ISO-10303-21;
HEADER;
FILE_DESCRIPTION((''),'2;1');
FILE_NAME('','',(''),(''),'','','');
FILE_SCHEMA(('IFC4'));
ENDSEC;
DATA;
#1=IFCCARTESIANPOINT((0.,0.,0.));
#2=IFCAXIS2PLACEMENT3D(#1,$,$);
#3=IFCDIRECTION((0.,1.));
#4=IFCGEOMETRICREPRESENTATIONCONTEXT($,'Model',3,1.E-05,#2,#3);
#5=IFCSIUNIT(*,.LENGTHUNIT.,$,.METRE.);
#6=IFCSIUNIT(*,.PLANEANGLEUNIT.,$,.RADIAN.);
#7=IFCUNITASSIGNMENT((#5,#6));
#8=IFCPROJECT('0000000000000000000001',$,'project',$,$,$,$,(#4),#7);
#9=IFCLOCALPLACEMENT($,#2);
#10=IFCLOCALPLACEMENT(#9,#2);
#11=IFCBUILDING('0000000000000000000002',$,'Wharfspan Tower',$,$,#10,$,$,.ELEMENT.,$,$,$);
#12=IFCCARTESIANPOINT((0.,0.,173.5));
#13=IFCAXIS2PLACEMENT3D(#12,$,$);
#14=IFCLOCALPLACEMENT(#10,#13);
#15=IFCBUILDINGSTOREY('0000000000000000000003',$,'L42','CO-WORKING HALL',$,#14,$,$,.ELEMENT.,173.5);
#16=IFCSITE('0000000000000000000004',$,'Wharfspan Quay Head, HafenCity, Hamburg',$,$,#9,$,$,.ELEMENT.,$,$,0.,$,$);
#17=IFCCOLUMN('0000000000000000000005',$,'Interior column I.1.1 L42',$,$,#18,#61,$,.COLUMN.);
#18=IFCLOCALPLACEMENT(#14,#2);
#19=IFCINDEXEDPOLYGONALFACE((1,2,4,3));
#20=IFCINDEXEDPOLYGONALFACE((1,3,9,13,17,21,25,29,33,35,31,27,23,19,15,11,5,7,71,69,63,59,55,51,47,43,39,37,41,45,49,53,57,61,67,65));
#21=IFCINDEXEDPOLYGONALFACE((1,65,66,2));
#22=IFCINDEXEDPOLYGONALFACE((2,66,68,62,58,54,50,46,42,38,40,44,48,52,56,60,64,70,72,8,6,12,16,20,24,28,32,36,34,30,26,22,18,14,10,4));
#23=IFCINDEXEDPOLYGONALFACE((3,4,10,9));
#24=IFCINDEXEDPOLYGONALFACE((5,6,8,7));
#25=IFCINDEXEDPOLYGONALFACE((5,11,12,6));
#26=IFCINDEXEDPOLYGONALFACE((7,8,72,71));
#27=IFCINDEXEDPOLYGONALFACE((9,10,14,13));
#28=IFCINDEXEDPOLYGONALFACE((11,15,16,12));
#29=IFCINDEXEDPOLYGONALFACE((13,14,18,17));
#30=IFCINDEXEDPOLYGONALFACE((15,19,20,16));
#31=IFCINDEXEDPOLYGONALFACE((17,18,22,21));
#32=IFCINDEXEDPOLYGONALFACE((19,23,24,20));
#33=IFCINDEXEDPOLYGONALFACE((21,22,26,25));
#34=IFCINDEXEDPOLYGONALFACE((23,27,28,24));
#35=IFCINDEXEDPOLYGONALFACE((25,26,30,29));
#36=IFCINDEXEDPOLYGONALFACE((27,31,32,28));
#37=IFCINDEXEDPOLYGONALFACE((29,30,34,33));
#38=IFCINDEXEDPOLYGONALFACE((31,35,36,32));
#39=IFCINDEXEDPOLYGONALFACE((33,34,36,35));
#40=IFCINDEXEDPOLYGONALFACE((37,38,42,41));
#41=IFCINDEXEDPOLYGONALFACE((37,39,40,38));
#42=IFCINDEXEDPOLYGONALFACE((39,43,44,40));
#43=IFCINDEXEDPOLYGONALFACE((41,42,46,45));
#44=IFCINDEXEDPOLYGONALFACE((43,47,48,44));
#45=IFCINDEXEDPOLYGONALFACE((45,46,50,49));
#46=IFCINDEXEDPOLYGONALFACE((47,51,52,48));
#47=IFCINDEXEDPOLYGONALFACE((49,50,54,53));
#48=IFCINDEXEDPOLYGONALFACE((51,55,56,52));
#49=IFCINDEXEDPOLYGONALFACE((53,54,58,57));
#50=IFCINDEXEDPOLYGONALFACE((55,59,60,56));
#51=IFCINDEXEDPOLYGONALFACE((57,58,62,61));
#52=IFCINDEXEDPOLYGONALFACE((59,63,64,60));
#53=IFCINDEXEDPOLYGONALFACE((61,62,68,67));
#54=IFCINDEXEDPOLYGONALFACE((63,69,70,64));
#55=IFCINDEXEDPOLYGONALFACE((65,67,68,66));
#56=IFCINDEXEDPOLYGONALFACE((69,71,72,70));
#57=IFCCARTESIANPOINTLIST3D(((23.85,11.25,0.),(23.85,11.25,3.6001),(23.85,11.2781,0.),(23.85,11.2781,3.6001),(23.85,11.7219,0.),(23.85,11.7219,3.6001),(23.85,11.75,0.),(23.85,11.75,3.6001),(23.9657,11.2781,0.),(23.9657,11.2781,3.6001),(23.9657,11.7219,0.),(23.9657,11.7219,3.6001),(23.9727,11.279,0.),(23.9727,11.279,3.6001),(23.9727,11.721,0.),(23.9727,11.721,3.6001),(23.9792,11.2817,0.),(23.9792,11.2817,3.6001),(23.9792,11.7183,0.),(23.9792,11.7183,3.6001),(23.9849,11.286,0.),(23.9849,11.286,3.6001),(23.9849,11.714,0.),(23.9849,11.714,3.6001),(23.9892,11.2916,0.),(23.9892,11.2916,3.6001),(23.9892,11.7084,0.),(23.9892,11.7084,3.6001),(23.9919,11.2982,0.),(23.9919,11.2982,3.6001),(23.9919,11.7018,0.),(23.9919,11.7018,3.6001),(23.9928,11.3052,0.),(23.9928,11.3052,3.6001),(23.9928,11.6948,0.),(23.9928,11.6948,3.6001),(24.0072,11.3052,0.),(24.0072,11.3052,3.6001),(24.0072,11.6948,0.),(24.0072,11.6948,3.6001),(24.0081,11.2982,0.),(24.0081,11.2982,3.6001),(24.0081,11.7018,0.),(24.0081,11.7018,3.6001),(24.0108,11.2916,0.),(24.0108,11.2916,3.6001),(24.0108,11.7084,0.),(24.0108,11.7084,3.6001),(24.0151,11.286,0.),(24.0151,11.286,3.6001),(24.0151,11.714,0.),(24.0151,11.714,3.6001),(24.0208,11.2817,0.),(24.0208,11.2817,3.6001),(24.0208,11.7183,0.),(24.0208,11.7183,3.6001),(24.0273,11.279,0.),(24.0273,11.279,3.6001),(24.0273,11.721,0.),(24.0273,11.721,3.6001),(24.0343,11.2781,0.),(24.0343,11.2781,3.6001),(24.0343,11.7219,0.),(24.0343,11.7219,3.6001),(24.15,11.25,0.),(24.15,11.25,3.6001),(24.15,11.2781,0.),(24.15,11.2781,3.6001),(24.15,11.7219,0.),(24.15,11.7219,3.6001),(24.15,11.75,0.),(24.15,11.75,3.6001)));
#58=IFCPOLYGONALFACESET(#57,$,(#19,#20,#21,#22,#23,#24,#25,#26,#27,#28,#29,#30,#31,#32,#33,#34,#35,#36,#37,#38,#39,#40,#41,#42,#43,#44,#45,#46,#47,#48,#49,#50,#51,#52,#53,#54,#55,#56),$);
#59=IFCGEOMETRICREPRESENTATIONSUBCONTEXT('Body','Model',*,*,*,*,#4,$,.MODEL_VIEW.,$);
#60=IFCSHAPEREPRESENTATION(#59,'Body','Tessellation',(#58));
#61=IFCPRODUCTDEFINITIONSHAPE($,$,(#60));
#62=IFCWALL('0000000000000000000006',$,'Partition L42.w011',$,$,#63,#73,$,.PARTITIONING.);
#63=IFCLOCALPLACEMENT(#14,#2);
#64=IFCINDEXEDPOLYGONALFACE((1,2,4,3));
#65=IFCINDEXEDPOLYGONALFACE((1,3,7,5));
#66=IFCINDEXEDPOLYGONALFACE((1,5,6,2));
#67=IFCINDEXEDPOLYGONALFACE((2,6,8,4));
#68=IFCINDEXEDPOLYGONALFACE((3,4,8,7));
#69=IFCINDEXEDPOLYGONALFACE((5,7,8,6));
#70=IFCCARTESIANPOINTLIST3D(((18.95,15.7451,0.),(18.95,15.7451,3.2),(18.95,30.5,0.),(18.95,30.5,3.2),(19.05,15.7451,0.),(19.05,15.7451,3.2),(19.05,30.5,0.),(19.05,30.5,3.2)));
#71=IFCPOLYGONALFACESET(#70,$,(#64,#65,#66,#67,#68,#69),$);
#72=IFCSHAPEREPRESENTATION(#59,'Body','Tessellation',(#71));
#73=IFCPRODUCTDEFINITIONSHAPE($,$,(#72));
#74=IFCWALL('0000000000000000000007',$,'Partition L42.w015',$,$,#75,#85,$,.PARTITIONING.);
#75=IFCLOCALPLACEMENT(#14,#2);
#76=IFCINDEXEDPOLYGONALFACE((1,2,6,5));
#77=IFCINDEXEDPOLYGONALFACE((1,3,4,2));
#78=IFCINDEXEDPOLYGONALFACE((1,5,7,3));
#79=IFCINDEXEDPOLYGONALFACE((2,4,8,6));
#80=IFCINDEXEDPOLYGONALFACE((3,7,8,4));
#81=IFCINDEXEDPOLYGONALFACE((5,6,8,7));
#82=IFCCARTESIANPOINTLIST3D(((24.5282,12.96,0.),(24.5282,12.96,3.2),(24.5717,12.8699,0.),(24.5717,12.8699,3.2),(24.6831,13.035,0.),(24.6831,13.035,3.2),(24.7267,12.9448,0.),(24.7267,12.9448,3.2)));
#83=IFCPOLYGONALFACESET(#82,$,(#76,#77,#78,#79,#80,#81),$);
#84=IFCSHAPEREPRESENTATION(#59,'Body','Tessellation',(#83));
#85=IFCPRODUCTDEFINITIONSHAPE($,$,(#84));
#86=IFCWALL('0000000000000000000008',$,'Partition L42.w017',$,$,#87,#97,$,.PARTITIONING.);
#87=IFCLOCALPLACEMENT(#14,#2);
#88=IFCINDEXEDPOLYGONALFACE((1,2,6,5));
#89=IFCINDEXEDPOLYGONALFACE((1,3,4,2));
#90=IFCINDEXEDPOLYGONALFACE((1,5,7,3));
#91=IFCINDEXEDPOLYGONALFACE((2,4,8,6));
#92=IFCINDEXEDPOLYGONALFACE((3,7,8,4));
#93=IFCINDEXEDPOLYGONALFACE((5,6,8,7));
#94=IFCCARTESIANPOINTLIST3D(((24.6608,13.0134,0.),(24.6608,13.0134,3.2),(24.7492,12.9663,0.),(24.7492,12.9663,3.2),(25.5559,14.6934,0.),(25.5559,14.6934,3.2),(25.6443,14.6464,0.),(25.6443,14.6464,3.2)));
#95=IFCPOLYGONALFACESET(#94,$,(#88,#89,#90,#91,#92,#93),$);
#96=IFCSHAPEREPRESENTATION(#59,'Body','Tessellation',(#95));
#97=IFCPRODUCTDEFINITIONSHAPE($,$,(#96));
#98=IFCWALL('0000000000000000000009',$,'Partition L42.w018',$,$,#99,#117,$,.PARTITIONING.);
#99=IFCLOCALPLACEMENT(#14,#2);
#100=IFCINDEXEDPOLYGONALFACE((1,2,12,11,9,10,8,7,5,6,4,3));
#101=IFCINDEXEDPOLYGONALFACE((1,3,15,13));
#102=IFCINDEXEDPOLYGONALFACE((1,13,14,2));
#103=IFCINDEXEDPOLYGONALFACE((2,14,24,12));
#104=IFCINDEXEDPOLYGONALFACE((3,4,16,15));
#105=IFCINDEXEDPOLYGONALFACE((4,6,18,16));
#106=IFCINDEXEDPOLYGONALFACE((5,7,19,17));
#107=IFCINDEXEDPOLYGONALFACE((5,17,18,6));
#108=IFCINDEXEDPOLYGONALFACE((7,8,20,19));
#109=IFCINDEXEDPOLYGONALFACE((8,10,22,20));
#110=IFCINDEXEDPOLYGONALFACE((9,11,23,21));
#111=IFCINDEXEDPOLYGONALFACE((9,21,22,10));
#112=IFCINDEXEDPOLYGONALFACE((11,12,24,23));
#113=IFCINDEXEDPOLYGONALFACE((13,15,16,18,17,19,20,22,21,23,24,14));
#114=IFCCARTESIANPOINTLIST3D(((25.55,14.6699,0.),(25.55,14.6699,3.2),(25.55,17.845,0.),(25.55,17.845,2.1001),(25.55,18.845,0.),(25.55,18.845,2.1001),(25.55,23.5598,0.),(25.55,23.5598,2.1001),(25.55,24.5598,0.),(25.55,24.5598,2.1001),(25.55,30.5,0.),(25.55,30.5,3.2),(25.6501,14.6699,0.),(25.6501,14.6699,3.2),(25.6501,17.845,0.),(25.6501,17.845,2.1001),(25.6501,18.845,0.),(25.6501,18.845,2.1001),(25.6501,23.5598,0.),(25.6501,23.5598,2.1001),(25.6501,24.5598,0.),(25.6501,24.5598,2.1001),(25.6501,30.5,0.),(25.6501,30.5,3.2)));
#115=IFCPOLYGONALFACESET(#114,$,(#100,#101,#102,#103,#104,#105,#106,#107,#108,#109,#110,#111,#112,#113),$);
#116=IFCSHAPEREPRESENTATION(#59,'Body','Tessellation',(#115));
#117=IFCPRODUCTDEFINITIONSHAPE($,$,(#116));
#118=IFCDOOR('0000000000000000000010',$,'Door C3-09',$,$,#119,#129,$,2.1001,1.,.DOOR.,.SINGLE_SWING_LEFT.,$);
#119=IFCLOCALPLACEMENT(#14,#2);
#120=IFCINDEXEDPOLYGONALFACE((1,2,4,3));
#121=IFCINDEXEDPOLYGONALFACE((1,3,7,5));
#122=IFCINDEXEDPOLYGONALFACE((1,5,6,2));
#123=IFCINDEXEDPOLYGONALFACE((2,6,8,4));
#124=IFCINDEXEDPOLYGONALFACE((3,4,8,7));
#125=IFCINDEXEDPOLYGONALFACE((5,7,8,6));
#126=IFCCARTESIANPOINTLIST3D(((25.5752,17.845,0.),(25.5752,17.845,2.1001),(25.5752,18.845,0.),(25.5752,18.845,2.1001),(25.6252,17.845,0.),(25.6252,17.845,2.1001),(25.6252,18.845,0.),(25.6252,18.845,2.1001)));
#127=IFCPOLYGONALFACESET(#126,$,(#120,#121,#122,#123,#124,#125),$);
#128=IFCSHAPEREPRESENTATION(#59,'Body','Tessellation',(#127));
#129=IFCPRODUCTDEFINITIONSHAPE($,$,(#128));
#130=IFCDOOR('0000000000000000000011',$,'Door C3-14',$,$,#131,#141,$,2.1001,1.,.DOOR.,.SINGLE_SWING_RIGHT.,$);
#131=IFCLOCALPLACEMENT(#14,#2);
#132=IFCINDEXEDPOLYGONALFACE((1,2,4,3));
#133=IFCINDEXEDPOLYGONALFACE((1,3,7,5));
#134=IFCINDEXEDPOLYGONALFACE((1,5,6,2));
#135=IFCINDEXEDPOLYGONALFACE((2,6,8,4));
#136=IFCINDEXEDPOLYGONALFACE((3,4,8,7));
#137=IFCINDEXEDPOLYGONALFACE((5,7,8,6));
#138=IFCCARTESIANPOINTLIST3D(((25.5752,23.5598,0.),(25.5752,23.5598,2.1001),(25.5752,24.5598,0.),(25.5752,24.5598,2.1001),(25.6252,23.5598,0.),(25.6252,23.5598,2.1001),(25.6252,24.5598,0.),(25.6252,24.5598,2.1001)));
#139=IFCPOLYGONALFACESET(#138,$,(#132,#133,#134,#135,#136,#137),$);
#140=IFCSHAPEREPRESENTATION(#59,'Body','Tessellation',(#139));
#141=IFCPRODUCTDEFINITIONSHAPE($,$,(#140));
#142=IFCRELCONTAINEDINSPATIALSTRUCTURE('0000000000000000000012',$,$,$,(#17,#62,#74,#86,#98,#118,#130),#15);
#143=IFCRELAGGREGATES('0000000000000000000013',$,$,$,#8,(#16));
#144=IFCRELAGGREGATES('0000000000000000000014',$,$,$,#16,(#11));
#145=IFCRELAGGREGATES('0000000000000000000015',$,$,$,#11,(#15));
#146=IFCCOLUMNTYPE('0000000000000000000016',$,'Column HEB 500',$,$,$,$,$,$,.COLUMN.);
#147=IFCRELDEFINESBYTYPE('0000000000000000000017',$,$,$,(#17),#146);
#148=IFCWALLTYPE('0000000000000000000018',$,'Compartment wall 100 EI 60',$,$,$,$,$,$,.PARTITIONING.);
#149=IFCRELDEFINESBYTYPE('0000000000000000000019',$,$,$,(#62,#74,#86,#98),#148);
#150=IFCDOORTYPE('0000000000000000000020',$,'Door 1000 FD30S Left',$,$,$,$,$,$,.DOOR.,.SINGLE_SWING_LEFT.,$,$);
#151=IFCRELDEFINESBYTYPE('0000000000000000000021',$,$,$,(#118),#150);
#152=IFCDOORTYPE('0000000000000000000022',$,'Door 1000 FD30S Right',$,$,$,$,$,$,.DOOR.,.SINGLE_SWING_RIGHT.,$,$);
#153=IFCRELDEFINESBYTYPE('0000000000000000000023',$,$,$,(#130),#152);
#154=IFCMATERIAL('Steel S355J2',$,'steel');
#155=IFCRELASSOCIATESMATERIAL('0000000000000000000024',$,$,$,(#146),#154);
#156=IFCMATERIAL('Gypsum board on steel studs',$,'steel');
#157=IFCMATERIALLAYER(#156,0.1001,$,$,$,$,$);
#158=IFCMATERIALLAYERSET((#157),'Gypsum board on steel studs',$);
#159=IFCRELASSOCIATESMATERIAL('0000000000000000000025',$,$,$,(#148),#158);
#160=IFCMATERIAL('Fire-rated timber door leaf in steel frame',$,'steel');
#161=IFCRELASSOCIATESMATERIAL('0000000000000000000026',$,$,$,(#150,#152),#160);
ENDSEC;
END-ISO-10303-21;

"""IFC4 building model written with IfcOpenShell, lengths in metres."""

from ifc_helpers import new_model, si_unit, direction, frame, frame_2d, origin, origin_2d, place, context, subcontext, project, spatial, rectangle, i_section, extrude, material, layer, layer_set, material_profile, profile_set, type_object, element, fill, save


model = new_model("IFC4")

# Units and contexts
model_context = context("Model", 3, precision=1e-05, world=origin(), true_north=direction((0.0, 1.0)))
body_context = subcontext(model_context, "Body", "Model", "MODEL_VIEW")
ifc_project = project(units=[si_unit("LENGTHUNIT", "METRE"), si_unit("PLANEANGLEUNIT", "RADIAN")], contexts=[model_context])

# Site, building, storey
site_placement = place(None, origin())
site = spatial("IfcSite", under=ifc_project, at=site_placement, Name="Wharfspan Quay Head, HafenCity, Hamburg", CompositionType="ELEMENT", RefElevation=0.0)
building_placement = place(site_placement, origin())
building = spatial("IfcBuilding", under=site, at=building_placement, Name="Wharfspan Tower", CompositionType="ELEMENT")
storey_placement = place(building_placement, frame((0.0, 0.0, 173.5)))
storey = spatial("IfcBuildingStorey", under=building, at=storey_placement, Name="L42", Description="CO-WORKING HALL", CompositionType="ELEMENT", Elevation=173.5)

# Column
ifc_material_1 = material(Name="Steel S355J2", Category="steel")
ifc_material_profile = material_profile(ifc_material_1, i_section(OverallWidth=0.3, OverallDepth=0.5, WebThickness=0.0144, FlangeThickness=0.0281, FilletRadius=0.0271, at=origin_2d()))
ifc_profile_set = profile_set([ifc_material_profile], Name="Steel S355J2")
column_type = type_object("IfcColumnType", Name="Column HEB 500", PredefinedType="COLUMN", material=ifc_profile_set)
column_placement = place(storey_placement, frame((24.0, 11.5, 0.0), z_axis=(0.0, 0.0, 1.0), x_axis=(1.0, 0.0, 0.0)))
element("IfcColumn", 1, at=column_placement, inside=storey, type_object=column_type, Name="Interior column I.1.1 L42", PredefinedType="COLUMN", context=body_context, shape_type="SweptSolid", body=[
    extrude(i_section(OverallWidth=0.3, OverallDepth=0.5, WebThickness=0.0144, FlangeThickness=0.0281, FilletRadius=0.0271, at=origin_2d()), origin(), (0.0, 0.0, 1.0), 3.6001),
])

# Walls
ifc_material_2 = material(Name="Gypsum board on steel studs", Category="steel")
ifc_layer_1 = layer(ifc_material_2, 0.1001)
ifc_layer_set_1 = layer_set([ifc_layer_1], Name="Gypsum board on steel studs")
wall_type_1 = type_object("IfcWallType", Name="Compartment wall 100 EI 60", PredefinedType="PARTITIONING", material=ifc_layer_set_1)
wall_1_placement = place(storey_placement, frame((19.0, 15.7451, 0.0), z_axis=(0.0, 0.0, 1.0), x_axis=(0.0, 1.0, 0.0)))
element("IfcWall", 2, at=wall_1_placement, inside=storey, type_object=wall_type_1, Name="Partition L42.w011", PredefinedType="PARTITIONING", context=body_context, shape_type="SweptSolid", body=[
    extrude(rectangle(XDim=14.7549, YDim=0.1001, at=frame_2d((7.3774, 0.0))), origin(), (0.0, 0.0, 1.0), 3.2),
])
wall_2_placement = place(storey_placement, frame((24.55, 12.915, 0.0), z_axis=(0.0, 0.0, 1.0), x_axis=(0.900306, 0.435266, 0.0)))
element("IfcWall", 3, at=wall_2_placement, inside=storey, type_object=wall_type_1, Name="Partition L42.w015", PredefinedType="PARTITIONING", context=body_context, shape_type="SweptSolid", body=[
    extrude(rectangle(XDim=0.1721, YDim=0.1001, at=frame_2d((0.0859, 0.0))), origin(), (0.0, 0.0, 1.0), 3.2),
])
wall_3_placement = place(storey_placement, frame((24.7051, 12.99, 0.0), z_axis=(0.0, 0.0, 1.0), x_axis=(0.4702, 0.882555, 0.0)))
element("IfcWall", 4, at=wall_3_placement, inside=storey, type_object=wall_type_1, Name="Partition L42.w017", PredefinedType="PARTITIONING", context=body_context, shape_type="SweptSolid", body=[
    extrude(rectangle(XDim=1.9036, YDim=0.1001, at=frame_2d((0.9517, 0.0))), origin(), (0.0, 0.0, 1.0), 3.2),
])

# Wall, openings, doors
wall_4_placement = place(storey_placement, frame((25.6001, 14.6699, 0.0), z_axis=(0.0, 0.0, 1.0), x_axis=(0.0, 1.0, 0.0)))
wall_4 = element("IfcWall", 5, at=wall_4_placement, inside=storey, type_object=wall_type_1, Name="Partition L42.w018", PredefinedType="PARTITIONING", context=body_context, shape_type="SweptSolid", body=[
    extrude(rectangle(XDim=15.8301, YDim=0.1001, at=frame_2d((7.915, 0.0))), origin(), (0.0, 0.0, 1.0), 3.2),
])
opening_1_placement = place(wall_4_placement, frame((3.175, 0.0, 0.0)))
opening_1 = element("IfcOpeningElement", 6, at=opening_1_placement, cuts=wall_4, PredefinedType="OPENING", context=body_context, shape_type="SweptSolid", body=[
    extrude(rectangle(XDim=1.0, YDim=2.1001, at=frame_2d((0.5, 1.05))), frame((0.0, 0.0601, 0.0), z_axis=(0.0, -1.0, 0.0), x_axis=(1.0, 0.0, 0.0)), (0.0, 0.0, 1.0), 0.1201),
])
opening_2_placement = place(wall_4_placement, frame((8.8899, 0.0, 0.0)))
opening_2 = element("IfcOpeningElement", 7, at=opening_2_placement, cuts=wall_4, PredefinedType="OPENING", context=body_context, shape_type="SweptSolid", body=[
    extrude(rectangle(XDim=1.0, YDim=2.1001, at=frame_2d((0.5, 1.05))), frame((0.0, 0.0601, 0.0), z_axis=(0.0, -1.0, 0.0), x_axis=(1.0, 0.0, 0.0)), (0.0, 0.0, 1.0), 0.1201),
])
ifc_material_3 = material(Name="Fire-rated timber door leaf in steel frame", Category="steel")
door_type_1 = type_object("IfcDoorType", Name="Door 1000 FD30S Left", OperationType="SINGLE_SWING_LEFT", PredefinedType="DOOR", material=ifc_material_3)
door_1_placement = place(opening_1_placement, origin())
door_1 = element("IfcDoor", 8, at=door_1_placement, inside=storey, type_object=door_type_1, Name="Door C3-09", OperationType="SINGLE_SWING_LEFT", OverallHeight=2.1001, OverallWidth=1.0, PredefinedType="DOOR", context=body_context, shape_type="SweptSolid", body=[
    extrude(rectangle(XDim=1.0, YDim=2.1001, at=frame_2d((0.5, 1.05))), frame((0.0, 0.0249, 0.0), z_axis=(0.0, -1.0, 0.0), x_axis=(1.0, 0.0, 0.0)), (0.0, 0.0, 1.0), 0.05),
])
fill(opening_1, door_1)
door_type_2 = type_object("IfcDoorType", Name="Door 1000 FD30S Right", OperationType="SINGLE_SWING_RIGHT", PredefinedType="DOOR", material=ifc_material_3)
door_2_placement = place(opening_2_placement, origin())
door_2 = element("IfcDoor", 9, at=door_2_placement, inside=storey, type_object=door_type_2, Name="Door C3-14", OperationType="SINGLE_SWING_RIGHT", OverallHeight=2.1001, OverallWidth=1.0, PredefinedType="DOOR", context=body_context, shape_type="SweptSolid", body=[
    extrude(rectangle(XDim=1.0, YDim=2.1001, at=frame_2d((0.5, 1.05))), frame((0.0, 0.0249, 0.0), z_axis=(0.0, -1.0, 0.0), x_axis=(1.0, 0.0, 0.0)), (0.0, 0.0, 1.0), 0.05),
])
fill(opening_2, door_2)

save(model, "model.ifc")
